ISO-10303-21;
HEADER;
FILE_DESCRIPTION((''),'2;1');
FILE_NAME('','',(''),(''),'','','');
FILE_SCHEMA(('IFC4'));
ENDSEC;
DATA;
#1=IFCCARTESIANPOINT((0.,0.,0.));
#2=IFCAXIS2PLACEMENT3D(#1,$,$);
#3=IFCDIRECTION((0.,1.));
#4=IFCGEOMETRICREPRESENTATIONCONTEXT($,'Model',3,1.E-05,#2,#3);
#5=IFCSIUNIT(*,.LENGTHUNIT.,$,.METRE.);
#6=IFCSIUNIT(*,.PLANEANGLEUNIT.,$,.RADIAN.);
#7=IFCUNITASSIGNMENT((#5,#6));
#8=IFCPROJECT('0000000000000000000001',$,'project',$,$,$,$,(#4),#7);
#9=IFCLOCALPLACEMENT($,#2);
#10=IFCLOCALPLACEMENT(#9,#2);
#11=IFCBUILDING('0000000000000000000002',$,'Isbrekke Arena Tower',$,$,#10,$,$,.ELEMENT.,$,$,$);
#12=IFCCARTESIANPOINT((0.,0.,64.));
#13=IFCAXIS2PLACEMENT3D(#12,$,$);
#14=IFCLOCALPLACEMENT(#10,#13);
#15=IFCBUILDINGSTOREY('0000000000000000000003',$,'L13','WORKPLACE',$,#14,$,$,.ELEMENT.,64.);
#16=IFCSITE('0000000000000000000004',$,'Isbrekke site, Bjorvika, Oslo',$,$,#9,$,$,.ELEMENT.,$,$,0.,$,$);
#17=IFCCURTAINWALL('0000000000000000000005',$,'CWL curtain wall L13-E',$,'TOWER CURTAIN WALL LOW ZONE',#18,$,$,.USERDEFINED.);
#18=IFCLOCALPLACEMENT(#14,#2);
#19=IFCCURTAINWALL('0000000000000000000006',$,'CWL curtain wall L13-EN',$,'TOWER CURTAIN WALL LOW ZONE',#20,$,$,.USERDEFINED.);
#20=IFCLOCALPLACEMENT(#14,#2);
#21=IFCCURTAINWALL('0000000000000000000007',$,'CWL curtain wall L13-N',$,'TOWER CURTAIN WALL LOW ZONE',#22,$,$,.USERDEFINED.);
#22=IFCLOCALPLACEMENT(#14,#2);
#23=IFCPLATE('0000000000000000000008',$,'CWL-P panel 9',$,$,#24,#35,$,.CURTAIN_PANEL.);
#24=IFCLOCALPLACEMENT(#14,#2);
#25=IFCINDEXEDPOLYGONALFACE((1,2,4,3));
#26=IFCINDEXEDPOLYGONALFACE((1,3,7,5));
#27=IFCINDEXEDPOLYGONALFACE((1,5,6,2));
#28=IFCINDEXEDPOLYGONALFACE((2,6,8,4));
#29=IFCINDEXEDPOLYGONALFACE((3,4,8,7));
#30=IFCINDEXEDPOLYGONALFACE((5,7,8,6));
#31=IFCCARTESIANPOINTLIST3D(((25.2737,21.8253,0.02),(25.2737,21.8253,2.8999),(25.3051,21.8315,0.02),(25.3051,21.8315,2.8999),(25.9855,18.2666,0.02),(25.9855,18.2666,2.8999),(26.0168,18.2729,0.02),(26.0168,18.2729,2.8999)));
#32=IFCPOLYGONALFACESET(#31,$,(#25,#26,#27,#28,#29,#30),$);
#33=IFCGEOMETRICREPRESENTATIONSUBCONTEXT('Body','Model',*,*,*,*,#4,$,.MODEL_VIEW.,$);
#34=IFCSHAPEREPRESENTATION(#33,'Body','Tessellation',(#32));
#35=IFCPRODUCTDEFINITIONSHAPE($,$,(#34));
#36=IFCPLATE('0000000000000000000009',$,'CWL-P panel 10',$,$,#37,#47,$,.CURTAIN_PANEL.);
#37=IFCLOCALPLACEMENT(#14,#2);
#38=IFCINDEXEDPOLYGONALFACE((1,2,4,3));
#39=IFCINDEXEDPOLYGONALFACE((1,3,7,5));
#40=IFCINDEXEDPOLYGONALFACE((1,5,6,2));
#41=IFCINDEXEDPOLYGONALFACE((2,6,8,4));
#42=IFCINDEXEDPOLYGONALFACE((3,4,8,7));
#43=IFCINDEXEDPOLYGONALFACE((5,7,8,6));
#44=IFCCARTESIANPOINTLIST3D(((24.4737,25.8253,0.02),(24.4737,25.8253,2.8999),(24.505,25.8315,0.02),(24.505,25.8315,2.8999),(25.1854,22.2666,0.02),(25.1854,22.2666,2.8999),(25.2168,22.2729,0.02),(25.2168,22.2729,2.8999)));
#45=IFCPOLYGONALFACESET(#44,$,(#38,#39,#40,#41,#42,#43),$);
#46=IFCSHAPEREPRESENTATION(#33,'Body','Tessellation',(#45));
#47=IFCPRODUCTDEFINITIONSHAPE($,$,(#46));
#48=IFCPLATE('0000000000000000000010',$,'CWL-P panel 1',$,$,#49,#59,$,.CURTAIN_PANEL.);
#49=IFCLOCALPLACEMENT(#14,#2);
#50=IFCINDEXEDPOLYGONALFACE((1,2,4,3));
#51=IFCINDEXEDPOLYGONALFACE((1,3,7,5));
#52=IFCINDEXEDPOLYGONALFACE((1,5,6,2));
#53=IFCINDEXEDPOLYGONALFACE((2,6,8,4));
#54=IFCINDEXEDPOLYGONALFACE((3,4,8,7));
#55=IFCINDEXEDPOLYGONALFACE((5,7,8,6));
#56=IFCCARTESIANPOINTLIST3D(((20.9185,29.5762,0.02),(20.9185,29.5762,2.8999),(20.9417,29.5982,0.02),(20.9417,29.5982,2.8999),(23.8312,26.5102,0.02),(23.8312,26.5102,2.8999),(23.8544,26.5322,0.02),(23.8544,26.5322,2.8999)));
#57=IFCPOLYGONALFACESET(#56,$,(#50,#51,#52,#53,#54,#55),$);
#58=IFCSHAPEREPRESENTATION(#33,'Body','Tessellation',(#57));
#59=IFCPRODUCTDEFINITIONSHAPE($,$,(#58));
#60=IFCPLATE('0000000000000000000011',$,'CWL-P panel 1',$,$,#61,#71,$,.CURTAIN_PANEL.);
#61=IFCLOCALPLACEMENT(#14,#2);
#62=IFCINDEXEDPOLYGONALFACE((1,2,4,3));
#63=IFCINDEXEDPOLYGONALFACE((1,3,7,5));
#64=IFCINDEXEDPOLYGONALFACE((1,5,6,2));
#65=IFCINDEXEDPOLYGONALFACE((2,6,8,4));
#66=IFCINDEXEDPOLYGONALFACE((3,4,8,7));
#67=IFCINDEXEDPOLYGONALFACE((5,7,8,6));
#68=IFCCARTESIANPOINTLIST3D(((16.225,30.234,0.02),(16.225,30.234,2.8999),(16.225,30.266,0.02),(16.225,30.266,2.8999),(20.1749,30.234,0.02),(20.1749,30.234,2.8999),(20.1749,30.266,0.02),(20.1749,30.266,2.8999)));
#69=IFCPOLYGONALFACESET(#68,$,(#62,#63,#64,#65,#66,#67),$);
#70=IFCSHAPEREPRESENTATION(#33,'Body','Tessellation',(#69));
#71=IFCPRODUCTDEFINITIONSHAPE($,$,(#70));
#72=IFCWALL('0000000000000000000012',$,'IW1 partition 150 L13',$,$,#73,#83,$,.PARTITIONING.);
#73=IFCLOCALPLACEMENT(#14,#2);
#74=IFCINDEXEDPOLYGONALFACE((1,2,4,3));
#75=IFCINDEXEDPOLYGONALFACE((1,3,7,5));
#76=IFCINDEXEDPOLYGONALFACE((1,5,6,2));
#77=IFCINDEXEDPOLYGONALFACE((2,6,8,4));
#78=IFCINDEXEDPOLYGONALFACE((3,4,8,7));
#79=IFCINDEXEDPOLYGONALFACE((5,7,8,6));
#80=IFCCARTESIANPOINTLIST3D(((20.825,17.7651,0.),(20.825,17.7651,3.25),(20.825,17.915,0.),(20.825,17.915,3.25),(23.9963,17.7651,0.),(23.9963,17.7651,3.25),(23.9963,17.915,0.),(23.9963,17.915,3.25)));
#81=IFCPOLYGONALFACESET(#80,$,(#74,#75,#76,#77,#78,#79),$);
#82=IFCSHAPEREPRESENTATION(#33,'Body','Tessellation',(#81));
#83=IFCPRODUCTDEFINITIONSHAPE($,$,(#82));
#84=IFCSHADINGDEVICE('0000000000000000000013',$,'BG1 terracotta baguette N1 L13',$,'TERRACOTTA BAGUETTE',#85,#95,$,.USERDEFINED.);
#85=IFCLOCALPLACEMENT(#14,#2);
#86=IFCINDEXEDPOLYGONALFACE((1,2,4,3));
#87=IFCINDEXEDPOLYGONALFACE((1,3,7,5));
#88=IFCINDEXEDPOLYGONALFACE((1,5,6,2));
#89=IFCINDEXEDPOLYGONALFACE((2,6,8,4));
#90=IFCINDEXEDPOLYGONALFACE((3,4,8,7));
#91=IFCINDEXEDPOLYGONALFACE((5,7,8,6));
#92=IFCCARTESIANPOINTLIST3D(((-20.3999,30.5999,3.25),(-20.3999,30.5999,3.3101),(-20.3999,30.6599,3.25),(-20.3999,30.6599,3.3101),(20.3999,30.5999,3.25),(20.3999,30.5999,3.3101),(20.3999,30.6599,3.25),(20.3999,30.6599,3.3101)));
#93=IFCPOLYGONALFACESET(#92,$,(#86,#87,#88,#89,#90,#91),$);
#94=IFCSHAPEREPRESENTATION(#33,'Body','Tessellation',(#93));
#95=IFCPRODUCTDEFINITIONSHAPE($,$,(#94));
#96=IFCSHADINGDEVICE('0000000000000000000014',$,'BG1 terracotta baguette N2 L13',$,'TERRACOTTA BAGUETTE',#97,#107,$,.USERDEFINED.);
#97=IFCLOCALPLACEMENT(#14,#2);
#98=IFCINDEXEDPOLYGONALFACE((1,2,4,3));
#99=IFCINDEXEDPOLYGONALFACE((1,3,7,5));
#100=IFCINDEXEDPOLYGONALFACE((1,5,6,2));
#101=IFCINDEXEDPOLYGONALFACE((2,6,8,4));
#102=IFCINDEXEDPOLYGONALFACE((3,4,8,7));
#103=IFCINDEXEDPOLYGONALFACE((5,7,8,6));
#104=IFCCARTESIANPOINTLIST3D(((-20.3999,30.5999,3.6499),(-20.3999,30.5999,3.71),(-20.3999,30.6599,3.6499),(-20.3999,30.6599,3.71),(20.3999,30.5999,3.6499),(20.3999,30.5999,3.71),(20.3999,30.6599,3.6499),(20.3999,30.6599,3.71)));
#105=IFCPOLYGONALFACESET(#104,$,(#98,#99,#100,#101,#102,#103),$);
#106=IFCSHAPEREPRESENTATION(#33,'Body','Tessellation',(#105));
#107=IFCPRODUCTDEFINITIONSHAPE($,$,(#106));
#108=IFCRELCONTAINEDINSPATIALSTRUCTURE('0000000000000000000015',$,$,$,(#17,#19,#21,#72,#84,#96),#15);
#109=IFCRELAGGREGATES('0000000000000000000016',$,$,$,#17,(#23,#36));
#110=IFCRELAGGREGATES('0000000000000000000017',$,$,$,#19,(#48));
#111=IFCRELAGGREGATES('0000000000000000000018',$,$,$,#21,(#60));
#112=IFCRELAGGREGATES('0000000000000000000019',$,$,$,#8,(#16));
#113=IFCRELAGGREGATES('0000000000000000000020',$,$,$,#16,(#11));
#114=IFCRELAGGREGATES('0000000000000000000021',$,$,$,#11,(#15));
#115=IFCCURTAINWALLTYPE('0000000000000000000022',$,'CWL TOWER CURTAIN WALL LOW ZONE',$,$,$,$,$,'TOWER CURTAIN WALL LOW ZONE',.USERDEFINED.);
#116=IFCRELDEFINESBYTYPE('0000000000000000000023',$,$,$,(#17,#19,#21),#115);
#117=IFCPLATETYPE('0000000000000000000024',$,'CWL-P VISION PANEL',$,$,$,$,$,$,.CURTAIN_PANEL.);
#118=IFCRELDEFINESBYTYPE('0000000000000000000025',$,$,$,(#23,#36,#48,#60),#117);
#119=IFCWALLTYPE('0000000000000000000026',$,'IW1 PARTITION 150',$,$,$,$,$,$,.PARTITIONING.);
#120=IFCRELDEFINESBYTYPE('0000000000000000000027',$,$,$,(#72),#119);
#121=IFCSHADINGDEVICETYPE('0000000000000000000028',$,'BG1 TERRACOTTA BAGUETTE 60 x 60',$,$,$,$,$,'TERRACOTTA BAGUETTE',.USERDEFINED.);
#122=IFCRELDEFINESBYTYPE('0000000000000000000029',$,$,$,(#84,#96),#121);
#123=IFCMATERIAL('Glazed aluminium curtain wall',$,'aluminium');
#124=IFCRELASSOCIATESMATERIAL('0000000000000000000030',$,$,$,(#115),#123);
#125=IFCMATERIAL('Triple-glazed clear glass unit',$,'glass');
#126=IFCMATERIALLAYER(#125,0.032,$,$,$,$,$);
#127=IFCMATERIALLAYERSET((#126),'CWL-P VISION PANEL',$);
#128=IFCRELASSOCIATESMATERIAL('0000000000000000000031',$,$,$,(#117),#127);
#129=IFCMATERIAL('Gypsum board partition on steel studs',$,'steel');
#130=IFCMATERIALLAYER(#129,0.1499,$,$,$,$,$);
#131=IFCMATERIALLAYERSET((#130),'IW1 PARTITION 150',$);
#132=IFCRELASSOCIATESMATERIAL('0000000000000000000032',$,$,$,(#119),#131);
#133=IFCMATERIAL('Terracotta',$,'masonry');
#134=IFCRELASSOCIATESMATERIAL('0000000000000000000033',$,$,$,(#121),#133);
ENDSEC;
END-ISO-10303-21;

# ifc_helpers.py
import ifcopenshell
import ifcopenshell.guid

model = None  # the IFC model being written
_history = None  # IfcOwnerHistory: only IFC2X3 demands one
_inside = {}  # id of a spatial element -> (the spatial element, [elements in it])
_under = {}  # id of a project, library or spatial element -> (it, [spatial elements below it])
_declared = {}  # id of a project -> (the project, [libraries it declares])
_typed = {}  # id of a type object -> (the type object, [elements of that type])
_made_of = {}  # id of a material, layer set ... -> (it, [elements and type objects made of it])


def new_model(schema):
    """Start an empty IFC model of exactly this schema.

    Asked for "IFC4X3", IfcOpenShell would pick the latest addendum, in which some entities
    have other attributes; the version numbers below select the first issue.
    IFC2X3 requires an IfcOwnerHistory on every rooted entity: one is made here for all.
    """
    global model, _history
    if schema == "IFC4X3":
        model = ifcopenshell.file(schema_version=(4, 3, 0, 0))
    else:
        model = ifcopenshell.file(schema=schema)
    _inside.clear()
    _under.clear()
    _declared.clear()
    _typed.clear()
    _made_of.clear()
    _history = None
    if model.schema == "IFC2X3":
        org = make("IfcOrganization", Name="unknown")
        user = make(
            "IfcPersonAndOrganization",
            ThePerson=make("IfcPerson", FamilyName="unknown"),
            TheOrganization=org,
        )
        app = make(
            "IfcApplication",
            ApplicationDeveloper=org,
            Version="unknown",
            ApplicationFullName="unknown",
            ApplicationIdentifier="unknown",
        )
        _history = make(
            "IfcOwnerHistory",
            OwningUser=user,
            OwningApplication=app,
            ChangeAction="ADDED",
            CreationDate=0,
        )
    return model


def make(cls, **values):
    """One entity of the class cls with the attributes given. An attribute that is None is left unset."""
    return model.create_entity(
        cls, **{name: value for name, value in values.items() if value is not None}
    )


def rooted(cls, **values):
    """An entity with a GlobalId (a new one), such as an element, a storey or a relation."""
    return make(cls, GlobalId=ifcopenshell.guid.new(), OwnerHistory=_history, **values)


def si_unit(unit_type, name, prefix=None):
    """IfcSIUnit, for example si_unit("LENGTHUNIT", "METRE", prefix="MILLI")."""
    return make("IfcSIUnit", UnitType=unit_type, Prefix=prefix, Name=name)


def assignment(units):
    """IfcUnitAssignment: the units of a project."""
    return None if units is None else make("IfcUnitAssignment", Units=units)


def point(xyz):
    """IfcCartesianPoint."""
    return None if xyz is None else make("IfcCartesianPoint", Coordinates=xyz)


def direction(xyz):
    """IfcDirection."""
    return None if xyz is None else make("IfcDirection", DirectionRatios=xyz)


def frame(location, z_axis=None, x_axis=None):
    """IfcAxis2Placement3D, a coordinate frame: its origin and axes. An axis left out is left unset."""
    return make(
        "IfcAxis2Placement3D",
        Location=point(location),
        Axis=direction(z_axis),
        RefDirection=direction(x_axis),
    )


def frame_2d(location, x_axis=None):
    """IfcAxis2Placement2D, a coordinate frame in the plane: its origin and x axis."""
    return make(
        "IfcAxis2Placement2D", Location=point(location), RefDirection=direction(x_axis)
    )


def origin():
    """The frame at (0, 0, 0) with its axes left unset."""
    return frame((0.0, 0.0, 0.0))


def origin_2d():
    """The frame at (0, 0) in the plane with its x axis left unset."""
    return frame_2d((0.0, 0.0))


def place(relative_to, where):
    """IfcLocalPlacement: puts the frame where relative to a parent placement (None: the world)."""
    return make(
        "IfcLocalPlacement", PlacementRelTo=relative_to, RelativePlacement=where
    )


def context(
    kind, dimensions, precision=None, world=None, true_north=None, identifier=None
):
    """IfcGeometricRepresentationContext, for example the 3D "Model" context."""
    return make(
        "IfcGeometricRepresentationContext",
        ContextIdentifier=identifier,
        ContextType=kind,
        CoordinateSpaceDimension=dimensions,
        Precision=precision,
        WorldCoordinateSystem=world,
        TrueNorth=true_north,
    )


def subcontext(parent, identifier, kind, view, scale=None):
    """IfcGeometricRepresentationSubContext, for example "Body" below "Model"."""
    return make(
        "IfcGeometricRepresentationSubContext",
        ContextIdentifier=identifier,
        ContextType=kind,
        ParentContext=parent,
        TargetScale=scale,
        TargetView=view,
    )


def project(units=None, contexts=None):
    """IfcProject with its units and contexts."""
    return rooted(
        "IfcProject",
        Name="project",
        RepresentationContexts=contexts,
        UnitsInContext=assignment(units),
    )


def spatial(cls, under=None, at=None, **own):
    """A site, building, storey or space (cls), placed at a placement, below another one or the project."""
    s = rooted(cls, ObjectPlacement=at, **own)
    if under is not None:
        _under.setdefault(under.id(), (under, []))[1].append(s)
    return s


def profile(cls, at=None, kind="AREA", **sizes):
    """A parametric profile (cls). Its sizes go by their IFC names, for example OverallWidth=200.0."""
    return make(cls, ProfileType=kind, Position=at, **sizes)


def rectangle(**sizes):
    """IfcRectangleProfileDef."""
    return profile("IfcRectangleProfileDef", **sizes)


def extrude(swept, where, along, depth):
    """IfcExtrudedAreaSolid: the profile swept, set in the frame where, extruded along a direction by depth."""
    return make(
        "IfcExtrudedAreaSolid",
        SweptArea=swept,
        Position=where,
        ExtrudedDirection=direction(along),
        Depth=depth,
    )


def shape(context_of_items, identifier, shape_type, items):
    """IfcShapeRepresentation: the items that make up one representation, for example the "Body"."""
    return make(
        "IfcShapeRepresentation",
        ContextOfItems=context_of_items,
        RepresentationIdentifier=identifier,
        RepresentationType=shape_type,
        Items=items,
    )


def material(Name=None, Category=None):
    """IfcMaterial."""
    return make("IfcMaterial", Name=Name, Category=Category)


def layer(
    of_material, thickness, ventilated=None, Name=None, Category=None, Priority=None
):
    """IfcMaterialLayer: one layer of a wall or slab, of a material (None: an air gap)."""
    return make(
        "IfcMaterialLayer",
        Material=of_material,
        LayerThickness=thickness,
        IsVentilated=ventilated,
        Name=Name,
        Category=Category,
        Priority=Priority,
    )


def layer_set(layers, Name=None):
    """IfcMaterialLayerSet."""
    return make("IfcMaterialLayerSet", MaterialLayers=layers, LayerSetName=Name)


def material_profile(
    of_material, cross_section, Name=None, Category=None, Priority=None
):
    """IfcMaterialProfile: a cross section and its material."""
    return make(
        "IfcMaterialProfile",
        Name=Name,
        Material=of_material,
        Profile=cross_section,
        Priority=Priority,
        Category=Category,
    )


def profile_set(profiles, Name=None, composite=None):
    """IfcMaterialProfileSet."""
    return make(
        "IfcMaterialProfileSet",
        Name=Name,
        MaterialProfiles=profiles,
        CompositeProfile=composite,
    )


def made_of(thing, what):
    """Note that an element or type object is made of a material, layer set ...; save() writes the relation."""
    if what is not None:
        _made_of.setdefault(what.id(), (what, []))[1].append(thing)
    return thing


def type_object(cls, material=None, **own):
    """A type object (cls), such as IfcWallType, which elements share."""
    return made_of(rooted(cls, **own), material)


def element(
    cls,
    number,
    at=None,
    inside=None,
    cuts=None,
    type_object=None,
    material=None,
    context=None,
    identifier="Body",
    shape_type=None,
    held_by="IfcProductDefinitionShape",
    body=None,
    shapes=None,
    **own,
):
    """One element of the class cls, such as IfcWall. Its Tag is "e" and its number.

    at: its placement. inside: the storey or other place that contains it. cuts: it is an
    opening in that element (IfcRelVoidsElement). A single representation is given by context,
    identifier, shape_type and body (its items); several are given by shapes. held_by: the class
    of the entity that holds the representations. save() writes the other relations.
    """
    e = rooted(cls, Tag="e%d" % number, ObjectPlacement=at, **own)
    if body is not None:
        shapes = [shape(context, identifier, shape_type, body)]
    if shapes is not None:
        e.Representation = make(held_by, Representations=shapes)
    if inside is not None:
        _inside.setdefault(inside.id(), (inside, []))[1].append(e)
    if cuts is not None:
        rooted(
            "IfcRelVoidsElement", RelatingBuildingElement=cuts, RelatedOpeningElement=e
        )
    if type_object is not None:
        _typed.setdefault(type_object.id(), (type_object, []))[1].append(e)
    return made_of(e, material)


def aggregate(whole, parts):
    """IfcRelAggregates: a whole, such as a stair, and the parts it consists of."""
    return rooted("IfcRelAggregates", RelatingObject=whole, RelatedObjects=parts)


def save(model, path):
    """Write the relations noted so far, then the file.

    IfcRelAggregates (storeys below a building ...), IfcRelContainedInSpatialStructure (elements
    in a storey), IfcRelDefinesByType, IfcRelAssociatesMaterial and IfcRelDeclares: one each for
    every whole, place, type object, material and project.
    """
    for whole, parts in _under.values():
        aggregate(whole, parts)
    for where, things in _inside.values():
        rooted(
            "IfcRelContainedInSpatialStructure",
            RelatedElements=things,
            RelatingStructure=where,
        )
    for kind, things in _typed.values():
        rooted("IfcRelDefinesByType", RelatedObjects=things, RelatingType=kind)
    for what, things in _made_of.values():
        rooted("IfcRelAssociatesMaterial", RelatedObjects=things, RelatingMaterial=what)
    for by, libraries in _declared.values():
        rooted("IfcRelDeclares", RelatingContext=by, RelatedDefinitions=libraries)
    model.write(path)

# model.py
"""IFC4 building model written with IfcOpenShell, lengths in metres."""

from ifc_helpers import new_model, si_unit, direction, frame, frame_2d, origin, origin_2d, place, context, subcontext, project, spatial, rectangle, extrude, material, layer, layer_set, material_profile, profile_set, type_object, element, aggregate, save


model = new_model("IFC4")

# Units and contexts
model_context = context("Model", 3, precision=1e-05, world=origin(), true_north=direction((0.0, 1.0)))
body_context = subcontext(model_context, "Body", "Model", "MODEL_VIEW")
ifc_project = project(units=[si_unit("LENGTHUNIT", "METRE"), si_unit("PLANEANGLEUNIT", "RADIAN")], contexts=[model_context])

# Site, building, storey
site_placement = place(None, origin())
site = spatial("IfcSite", under=ifc_project, at=site_placement, Name="Isbrekke site, Bjorvika, Oslo", CompositionType="ELEMENT", RefElevation=0.0)
building_placement = place(site_placement, origin())
building = spatial("IfcBuilding", under=site, at=building_placement, Name="Isbrekke Arena Tower", CompositionType="ELEMENT")
storey_placement = place(building_placement, frame((0.0, 0.0, 64.0)))
storey = spatial("IfcBuildingStorey", under=building, at=storey_placement, Name="L13", Description="WORKPLACE", CompositionType="ELEMENT", Elevation=64.0)

# Curtain walls
ifc_material_1 = material(Name="Glazed aluminium curtain wall", Category="aluminium")
curtain_wall_type = type_object("IfcCurtainWallType", Name="CWL TOWER CURTAIN WALL LOW ZONE", ElementType="TOWER CURTAIN WALL LOW ZONE", PredefinedType="USERDEFINED", material=ifc_material_1)
curtain_wall_1_placement = place(storey_placement, origin())
curtain_wall_1 = element("IfcCurtainWall", 1, at=curtain_wall_1_placement, inside=storey, type_object=curtain_wall_type, Name="CWL curtain wall L13-E", ObjectType="TOWER CURTAIN WALL LOW ZONE", PredefinedType="USERDEFINED")
curtain_wall_2_placement = place(storey_placement, origin())
curtain_wall_2 = element("IfcCurtainWall", 2, at=curtain_wall_2_placement, inside=storey, type_object=curtain_wall_type, Name="CWL curtain wall L13-EN", ObjectType="TOWER CURTAIN WALL LOW ZONE", PredefinedType="USERDEFINED")

# Curtain wall
curtain_wall_3_placement = place(storey_placement, origin())
curtain_wall_3 = element("IfcCurtainWall", 3, at=curtain_wall_3_placement, inside=storey, type_object=curtain_wall_type, Name="CWL curtain wall L13-N", ObjectType="TOWER CURTAIN WALL LOW ZONE", PredefinedType="USERDEFINED")

# Plates
ifc_material_2 = material(Name="Triple-glazed clear glass unit", Category="glass")
ifc_layer_1 = layer(ifc_material_2, 0.032)
ifc_layer_set_1 = layer_set([ifc_layer_1], Name="CWL-P VISION PANEL")
plate_type = type_object("IfcPlateType", Name="CWL-P VISION PANEL", PredefinedType="CURTAIN_PANEL", material=ifc_layer_set_1)
plate_1_placement = place(storey_placement, frame((25.6453, 20.0491, 0.02), z_axis=(0.0, 0.0, 1.0), x_axis=(-0.196116, 0.980581, 0.0)))
plate_1 = element("IfcPlate", 4, at=plate_1_placement, type_object=plate_type, Name="CWL-P panel 9", PredefinedType="CURTAIN_PANEL", context=body_context, shape_type="SweptSolid", body=[
    extrude(rectangle(XDim=3.6292, YDim=0.032, at=origin_2d()), origin(), (0.0, 0.0, 1.0), 2.8799),
])
plate_2_placement = place(storey_placement, frame((24.8452, 24.0491, 0.02), z_axis=(0.0, 0.0, 1.0), x_axis=(-0.196116, 0.980581, 0.0)))
plate_2 = element("IfcPlate", 5, at=plate_2_placement, type_object=plate_type, Name="CWL-P panel 10", PredefinedType="CURTAIN_PANEL", context=body_context, shape_type="SweptSolid", body=[
    extrude(rectangle(XDim=3.6292, YDim=0.032, at=origin_2d()), origin(), (0.0, 0.0, 1.0), 2.8799),
])
aggregate(curtain_wall_1, [plate_1, plate_2])
plate_3_placement = place(storey_placement, frame((22.3865, 28.0542, 0.02), z_axis=(0.0, 0.0, 1.0), x_axis=(-0.688749, 0.724999, 0.0)))
plate_3 = element("IfcPlate", 6, at=plate_3_placement, type_object=plate_type, Name="CWL-P panel 1", PredefinedType="CURTAIN_PANEL", context=body_context, shape_type="SweptSolid", body=[
    extrude(rectangle(XDim=4.229, YDim=0.032, at=origin_2d()), origin(), (0.0, 0.0, 1.0), 2.8799),
])
aggregate(curtain_wall_2, [plate_3])
plate_4_placement = place(storey_placement, frame((18.2, 30.25, 0.02), z_axis=(0.0, 0.0, 1.0), x_axis=(-1.0, 0.0, 0.0)))
plate_4 = element("IfcPlate", 7, at=plate_4_placement, type_object=plate_type, Name="CWL-P panel 1", PredefinedType="CURTAIN_PANEL", context=body_context, shape_type="SweptSolid", body=[
    extrude(rectangle(XDim=3.95, YDim=0.032, at=origin_2d()), origin(), (0.0, 0.0, 1.0), 2.8799),
])
aggregate(curtain_wall_3, [plate_4])

# Wall
ifc_material_3 = material(Name="Gypsum board partition on steel studs", Category="steel")
ifc_layer_2 = layer(ifc_material_3, 0.1499)
ifc_layer_set_2 = layer_set([ifc_layer_2], Name="IW1 PARTITION 150")
wall_type = type_object("IfcWallType", Name="IW1 PARTITION 150", PredefinedType="PARTITIONING", material=ifc_layer_set_2)
wall_placement = place(storey_placement, frame((20.825, 17.8401, 0.0), z_axis=(0.0, 0.0, 1.0), x_axis=(1.0, 0.0, 0.0)))
element("IfcWall", 8, at=wall_placement, inside=storey, type_object=wall_type, Name="IW1 partition 150 L13", PredefinedType="PARTITIONING", context=body_context, shape_type="SweptSolid", body=[
    extrude(rectangle(XDim=3.1714, YDim=0.1499, at=frame_2d((1.5857, 0.0))), origin(), (0.0, 0.0, 1.0), 3.25),
])

# Shading devices
ifc_material_4 = material(Name="Terracotta", Category="masonry")
ifc_material_profile_1 = material_profile(ifc_material_4, rectangle(XDim=0.0601, YDim=0.0601, at=origin_2d()), Name="BAGUETTE 60X60")
ifc_profile_set_1 = profile_set([ifc_material_profile_1], Name="Terracotta")
shading_device_type = type_object("IfcShadingDeviceType", Name="BG1 TERRACOTTA BAGUETTE 60 x 60", ElementType="TERRACOTTA BAGUETTE", PredefinedType="USERDEFINED", material=ifc_profile_set_1)
for number, where, z_axis, x_axis, name in (
    (9, (20.3999, 30.6299, 3.28), (-1.0, 0.0, 0.0), (0.0, -1.0, 0.0), "BG1 terracotta baguette N1 L13"),
    (10, (20.3999, 30.6299, 3.6799), (-1.0, 0.0, 0.0), (0.0, -1.0, 0.0), "BG1 terracotta baguette N2 L13"),
):
    element("IfcShadingDevice", number, at=place(storey_placement, frame(where, z_axis=z_axis, x_axis=x_axis)), inside=storey, type_object=shading_device_type, Name=name, ObjectType="TERRACOTTA BAGUETTE", PredefinedType="USERDEFINED", context=body_context, shape_type="SweptSolid", body=[
        extrude(rectangle(XDim=0.0601, YDim=0.0601, at=origin_2d()), origin(), (0.0, 0.0, 1.0), 40.7998),
    ])

save(model, "model.ifc")
